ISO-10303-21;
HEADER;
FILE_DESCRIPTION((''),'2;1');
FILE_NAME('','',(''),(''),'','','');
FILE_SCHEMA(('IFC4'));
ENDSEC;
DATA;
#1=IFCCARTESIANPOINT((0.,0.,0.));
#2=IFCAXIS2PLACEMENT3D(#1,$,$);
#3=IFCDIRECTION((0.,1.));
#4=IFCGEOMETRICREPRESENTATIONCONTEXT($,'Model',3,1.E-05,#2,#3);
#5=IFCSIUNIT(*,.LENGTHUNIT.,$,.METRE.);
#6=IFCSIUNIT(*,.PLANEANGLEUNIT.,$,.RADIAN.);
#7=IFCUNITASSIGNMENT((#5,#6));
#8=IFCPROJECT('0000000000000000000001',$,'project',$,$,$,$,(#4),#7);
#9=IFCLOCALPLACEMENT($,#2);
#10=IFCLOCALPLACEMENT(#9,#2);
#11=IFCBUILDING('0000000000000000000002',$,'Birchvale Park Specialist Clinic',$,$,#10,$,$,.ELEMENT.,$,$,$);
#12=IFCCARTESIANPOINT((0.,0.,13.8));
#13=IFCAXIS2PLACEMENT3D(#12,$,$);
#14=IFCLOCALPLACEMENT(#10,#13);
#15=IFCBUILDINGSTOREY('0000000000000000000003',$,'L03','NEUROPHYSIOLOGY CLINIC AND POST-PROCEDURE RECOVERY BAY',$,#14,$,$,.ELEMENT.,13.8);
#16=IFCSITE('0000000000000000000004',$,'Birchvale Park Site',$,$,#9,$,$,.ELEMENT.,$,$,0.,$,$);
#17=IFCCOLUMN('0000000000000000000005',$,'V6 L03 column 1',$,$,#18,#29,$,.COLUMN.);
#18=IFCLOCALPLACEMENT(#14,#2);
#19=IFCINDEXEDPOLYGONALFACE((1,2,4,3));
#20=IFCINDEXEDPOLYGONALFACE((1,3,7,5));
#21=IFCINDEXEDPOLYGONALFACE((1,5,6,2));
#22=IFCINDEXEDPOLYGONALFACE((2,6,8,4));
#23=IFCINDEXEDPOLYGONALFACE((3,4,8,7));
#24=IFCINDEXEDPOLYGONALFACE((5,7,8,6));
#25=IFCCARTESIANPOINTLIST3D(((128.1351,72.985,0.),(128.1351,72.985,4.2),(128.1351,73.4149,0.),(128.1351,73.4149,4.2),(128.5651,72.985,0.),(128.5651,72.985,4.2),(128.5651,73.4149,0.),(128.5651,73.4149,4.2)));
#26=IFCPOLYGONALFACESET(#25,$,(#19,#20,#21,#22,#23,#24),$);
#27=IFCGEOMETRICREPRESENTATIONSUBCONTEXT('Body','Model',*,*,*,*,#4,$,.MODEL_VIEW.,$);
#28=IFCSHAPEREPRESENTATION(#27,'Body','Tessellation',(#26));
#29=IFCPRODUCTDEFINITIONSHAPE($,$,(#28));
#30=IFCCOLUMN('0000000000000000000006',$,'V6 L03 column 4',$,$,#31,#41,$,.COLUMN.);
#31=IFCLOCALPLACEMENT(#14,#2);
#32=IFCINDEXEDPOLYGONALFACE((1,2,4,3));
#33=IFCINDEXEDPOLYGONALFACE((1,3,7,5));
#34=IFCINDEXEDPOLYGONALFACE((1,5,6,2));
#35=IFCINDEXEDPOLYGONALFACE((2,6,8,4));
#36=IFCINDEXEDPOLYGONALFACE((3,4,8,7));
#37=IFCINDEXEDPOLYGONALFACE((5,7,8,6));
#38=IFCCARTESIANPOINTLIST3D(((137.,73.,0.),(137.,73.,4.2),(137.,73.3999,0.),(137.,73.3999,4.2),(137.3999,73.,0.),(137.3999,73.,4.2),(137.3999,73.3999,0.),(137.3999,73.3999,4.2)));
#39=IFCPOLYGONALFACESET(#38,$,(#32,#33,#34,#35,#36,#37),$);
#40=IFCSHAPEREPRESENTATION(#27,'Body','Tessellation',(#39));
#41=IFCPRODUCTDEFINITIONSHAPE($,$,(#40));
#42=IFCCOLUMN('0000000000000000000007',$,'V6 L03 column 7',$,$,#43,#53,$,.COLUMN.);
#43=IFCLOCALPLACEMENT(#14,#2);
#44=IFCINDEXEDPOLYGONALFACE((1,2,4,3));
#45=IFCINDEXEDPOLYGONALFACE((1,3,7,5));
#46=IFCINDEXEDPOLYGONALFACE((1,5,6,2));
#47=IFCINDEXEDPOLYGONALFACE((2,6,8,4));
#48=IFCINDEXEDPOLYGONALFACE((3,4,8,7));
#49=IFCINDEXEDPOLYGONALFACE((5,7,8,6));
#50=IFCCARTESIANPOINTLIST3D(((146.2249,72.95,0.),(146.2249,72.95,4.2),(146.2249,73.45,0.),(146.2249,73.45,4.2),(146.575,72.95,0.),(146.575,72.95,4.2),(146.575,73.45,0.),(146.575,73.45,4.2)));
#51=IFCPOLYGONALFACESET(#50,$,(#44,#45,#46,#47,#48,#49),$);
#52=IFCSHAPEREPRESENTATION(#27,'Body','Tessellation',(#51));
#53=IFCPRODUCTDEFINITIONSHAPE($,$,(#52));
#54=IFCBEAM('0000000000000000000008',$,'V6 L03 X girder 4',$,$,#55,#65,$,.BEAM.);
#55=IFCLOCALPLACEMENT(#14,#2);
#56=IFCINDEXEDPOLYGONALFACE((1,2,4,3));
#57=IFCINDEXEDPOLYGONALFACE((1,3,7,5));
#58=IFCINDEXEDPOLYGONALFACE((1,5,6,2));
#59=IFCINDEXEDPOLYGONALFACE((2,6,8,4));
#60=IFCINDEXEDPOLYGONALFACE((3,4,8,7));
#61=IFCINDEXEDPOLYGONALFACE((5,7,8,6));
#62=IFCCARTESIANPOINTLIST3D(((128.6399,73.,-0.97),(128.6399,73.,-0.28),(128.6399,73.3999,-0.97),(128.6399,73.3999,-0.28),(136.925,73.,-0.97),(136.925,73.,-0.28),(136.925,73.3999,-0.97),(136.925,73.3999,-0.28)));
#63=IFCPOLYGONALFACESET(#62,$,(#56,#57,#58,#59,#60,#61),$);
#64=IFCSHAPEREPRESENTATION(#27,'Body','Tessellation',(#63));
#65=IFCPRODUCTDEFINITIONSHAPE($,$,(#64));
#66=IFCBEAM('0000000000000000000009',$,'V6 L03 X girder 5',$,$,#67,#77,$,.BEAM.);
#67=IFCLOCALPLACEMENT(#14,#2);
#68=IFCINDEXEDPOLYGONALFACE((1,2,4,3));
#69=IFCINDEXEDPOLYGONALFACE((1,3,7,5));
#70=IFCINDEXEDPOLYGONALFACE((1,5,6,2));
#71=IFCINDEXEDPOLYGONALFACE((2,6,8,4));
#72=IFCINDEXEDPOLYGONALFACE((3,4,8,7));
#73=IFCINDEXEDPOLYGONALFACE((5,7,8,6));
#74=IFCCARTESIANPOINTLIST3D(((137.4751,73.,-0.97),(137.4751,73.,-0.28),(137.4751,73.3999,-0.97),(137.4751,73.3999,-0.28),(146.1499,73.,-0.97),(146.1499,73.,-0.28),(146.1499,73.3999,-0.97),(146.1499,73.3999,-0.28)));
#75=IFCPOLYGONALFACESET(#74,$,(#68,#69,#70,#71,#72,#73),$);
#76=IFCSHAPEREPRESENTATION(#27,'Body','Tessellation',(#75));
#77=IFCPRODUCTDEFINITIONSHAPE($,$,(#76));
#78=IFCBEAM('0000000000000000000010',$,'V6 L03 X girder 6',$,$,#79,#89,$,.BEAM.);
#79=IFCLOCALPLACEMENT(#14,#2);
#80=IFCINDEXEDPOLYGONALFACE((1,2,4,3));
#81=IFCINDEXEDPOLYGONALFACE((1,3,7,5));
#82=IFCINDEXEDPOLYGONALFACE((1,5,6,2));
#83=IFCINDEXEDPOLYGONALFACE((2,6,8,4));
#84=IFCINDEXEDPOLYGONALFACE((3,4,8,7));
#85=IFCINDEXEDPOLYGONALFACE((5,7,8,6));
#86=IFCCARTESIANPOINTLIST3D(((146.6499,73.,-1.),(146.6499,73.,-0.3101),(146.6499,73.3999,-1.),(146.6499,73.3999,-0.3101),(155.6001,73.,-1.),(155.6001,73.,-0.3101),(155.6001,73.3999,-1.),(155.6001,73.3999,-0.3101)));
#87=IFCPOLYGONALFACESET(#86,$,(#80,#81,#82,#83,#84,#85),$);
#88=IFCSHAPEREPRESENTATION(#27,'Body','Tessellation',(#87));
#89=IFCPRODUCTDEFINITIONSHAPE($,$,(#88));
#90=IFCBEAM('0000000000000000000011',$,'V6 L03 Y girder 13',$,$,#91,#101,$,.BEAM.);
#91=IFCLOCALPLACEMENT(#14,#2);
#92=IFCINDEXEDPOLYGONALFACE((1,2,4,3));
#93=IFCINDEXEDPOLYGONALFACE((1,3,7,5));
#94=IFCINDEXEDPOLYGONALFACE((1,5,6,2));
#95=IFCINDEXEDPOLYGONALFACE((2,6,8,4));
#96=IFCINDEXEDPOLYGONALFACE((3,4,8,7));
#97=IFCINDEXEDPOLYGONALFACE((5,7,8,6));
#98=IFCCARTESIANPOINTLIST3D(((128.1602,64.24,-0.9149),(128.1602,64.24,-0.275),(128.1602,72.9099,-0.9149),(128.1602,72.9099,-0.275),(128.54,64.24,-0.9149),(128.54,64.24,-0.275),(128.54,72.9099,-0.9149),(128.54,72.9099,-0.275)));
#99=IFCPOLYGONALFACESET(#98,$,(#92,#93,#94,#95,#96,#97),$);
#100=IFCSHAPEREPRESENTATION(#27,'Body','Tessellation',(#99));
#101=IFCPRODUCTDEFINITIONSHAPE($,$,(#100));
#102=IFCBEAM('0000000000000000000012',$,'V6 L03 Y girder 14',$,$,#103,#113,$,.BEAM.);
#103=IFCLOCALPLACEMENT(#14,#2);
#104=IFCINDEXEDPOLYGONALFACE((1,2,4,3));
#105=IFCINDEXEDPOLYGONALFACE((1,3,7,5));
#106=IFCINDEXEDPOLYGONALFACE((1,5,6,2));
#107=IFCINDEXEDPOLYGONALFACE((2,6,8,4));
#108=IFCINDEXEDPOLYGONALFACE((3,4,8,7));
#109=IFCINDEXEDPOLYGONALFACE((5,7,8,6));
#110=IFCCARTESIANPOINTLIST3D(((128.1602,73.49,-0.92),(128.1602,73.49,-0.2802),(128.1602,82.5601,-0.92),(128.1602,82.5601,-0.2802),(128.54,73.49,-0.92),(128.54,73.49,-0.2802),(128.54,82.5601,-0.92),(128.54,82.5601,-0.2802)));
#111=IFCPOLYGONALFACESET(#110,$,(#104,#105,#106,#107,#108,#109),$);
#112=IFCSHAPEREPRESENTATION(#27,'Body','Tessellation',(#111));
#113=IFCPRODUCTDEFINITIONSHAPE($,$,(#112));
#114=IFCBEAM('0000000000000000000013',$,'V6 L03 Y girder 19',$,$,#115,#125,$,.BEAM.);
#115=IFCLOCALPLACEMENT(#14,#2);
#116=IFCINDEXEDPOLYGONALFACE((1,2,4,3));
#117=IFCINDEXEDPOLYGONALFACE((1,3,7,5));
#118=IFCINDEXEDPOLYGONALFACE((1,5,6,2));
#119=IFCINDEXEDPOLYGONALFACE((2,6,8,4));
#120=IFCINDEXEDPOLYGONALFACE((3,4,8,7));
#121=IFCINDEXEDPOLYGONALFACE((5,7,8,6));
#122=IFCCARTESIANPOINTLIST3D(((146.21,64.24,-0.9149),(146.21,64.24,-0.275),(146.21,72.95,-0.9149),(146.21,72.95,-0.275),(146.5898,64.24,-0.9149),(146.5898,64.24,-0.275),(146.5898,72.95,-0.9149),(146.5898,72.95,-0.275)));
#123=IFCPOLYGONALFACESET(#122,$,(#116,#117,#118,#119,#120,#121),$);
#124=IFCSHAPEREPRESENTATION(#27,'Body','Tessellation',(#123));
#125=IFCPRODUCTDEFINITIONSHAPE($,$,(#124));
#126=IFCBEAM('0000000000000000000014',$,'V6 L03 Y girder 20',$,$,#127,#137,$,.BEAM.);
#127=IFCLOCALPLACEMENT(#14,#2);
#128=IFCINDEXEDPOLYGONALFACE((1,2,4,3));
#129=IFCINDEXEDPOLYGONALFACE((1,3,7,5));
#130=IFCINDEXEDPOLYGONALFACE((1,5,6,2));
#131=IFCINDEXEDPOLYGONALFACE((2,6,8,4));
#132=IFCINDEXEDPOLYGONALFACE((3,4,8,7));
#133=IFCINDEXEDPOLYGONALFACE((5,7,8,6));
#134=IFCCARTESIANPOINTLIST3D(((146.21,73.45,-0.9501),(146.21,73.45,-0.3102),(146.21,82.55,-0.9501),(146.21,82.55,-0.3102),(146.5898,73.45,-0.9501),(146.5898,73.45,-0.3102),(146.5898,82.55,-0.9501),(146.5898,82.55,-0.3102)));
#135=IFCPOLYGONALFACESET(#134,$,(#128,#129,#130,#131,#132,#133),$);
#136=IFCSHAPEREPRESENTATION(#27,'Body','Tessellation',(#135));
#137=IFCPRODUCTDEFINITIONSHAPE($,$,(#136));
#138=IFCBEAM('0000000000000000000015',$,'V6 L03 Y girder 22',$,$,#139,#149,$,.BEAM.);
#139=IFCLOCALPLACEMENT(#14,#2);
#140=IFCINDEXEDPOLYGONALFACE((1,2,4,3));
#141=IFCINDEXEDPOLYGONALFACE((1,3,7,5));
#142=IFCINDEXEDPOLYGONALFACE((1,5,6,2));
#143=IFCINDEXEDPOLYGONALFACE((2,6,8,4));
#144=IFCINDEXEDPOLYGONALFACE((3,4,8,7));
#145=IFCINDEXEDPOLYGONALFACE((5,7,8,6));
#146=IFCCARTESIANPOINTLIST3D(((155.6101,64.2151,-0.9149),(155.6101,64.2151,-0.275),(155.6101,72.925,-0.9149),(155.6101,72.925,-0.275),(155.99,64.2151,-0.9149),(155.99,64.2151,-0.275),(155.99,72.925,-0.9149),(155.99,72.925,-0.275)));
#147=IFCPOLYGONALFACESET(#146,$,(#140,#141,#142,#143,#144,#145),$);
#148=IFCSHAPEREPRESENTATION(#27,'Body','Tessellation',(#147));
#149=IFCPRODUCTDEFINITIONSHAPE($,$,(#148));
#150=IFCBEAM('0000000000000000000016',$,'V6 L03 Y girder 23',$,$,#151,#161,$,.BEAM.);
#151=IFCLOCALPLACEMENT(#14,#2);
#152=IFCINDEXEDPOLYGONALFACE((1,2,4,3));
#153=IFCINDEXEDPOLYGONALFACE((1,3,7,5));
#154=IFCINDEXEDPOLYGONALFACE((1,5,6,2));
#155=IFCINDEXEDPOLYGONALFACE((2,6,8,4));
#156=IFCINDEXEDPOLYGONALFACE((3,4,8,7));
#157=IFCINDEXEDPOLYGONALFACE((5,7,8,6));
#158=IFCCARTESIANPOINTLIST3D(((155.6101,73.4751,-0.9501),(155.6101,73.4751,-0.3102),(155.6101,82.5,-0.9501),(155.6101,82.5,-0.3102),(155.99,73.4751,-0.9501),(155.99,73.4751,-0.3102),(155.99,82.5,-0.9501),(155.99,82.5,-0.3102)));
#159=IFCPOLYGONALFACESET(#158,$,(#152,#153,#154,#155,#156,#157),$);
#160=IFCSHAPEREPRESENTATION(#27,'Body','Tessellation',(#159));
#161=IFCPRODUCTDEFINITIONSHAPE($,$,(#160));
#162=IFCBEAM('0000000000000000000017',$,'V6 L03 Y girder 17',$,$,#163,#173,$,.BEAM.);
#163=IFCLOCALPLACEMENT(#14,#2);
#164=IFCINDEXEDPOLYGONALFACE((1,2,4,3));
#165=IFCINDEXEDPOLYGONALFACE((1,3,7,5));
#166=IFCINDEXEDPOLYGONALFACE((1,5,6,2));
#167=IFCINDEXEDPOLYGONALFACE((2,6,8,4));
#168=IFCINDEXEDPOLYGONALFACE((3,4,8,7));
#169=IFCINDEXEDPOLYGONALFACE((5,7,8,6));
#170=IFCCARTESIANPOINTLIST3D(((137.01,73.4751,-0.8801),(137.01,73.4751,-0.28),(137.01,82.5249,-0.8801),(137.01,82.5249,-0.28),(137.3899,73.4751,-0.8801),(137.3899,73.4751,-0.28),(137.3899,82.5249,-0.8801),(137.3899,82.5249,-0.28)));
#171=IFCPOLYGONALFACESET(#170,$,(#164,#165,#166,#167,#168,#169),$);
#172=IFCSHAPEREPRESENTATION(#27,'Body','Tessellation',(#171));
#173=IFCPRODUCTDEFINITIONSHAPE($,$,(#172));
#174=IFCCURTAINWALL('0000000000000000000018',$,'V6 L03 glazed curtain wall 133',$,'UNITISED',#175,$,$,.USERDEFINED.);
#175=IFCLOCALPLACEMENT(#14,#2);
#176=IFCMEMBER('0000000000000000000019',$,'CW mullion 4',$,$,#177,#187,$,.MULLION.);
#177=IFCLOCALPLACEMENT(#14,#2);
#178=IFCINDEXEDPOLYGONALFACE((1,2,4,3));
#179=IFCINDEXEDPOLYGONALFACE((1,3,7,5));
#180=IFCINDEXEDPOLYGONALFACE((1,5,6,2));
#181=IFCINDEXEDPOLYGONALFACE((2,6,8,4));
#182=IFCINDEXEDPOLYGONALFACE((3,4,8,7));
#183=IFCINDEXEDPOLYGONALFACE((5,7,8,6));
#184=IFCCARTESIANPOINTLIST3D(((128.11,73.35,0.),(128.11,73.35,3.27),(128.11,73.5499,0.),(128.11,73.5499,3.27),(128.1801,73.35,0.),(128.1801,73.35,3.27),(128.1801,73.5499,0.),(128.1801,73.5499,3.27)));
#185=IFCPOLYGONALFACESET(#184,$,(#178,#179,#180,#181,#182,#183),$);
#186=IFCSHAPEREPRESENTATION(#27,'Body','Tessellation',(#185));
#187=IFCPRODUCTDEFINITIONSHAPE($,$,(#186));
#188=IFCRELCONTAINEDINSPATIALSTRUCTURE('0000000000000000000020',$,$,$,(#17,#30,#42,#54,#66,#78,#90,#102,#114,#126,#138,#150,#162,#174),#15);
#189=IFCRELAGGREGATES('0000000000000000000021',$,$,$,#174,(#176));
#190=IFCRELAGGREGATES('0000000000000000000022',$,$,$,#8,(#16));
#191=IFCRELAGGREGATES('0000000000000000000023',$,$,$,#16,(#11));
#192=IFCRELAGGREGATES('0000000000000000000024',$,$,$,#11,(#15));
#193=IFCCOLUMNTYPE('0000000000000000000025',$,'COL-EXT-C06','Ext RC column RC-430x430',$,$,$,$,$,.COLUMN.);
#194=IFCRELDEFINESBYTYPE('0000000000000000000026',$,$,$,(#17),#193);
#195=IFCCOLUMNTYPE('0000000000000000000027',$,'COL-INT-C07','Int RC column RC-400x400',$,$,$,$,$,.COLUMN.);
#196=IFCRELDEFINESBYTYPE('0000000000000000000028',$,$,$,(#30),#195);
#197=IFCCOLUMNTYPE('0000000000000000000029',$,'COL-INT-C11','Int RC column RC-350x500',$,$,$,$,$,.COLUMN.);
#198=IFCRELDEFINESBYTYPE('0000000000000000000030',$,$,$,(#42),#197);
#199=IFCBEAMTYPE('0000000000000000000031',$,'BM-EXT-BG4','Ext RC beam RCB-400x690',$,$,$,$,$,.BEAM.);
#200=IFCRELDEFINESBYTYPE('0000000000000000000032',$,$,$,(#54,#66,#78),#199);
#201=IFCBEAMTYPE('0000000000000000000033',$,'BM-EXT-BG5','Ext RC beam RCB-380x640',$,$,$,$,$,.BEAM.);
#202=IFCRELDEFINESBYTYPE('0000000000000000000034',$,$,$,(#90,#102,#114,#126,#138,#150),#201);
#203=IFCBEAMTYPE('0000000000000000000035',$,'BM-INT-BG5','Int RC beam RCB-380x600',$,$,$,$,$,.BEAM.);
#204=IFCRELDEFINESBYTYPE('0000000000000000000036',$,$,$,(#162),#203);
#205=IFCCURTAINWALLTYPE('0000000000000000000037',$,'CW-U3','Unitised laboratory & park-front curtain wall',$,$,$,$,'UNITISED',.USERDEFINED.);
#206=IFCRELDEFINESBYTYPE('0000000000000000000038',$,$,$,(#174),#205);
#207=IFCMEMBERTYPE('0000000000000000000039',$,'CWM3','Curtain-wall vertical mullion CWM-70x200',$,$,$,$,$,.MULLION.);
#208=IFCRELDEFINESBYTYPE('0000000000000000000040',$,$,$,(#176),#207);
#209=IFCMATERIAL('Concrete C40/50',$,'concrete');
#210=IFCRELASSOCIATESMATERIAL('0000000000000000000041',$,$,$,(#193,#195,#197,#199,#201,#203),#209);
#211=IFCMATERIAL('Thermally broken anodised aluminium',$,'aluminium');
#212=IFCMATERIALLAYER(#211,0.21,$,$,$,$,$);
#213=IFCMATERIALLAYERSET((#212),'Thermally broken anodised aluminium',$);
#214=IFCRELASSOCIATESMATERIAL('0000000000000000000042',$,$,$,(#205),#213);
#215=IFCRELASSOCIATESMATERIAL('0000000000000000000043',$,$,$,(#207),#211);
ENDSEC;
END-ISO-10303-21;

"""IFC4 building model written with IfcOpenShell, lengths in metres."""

from ifc_helpers import new_model, si_unit, direction, frame, origin, origin_2d, place, context, subcontext, project, spatial, rectangle, extrude, material, layer, layer_set, material_profile, profile_set, type_object, element, aggregate, save


model = new_model("IFC4")

# Units and contexts
model_context = context("Model", 3, precision=1e-05, world=origin(), true_north=direction((0.0, 1.0)))
body_context = subcontext(model_context, "Body", "Model", "MODEL_VIEW")
ifc_project = project(units=[si_unit("LENGTHUNIT", "METRE"), si_unit("PLANEANGLEUNIT", "RADIAN")], contexts=[model_context])

# Site, building, storey
site_placement = place(None, origin())
site = spatial("IfcSite", under=ifc_project, at=site_placement, Name="Birchvale Park Site", CompositionType="ELEMENT", RefElevation=0.0)
building_placement = place(site_placement, origin())
building = spatial("IfcBuilding", under=site, at=building_placement, Name="Birchvale Park Specialist Clinic", CompositionType="ELEMENT")
storey_placement = place(building_placement, frame((0.0, 0.0, 13.8)))
storey = spatial("IfcBuildingStorey", under=building, at=storey_placement, Name="L03", Description="NEUROPHYSIOLOGY CLINIC AND POST-PROCEDURE RECOVERY BAY", CompositionType="ELEMENT", Elevation=13.8)

# Columns
ifc_material_1 = material(Name="Concrete C40/50", Category="concrete")
ifc_material_profile_1 = material_profile(ifc_material_1, rectangle(XDim=0.4299, YDim=0.4299, at=origin_2d()), Name="RC-430x430")
ifc_profile_set_1 = profile_set([ifc_material_profile_1], Name="Concrete C40/50")
column_type_1 = type_object("IfcColumnType", Name="COL-EXT-C06", Description="Ext RC column RC-430x430", PredefinedType="COLUMN", material=ifc_profile_set_1)
column_1_placement = place(storey_placement, frame((128.3501, 73.2, 0.0), z_axis=(0.0, 0.0, 1.0), x_axis=(1.0, 0.0, 0.0)))
element("IfcColumn", 1, at=column_1_placement, inside=storey, type_object=column_type_1, Name="V6 L03 column 1", PredefinedType="COLUMN", context=body_context, shape_type="SweptSolid", body=[
    extrude(rectangle(XDim=0.4299, YDim=0.4299, at=origin_2d()), origin(), (0.0, 0.0, 1.0), 4.2),
])
ifc_material_profile_2 = material_profile(ifc_material_1, rectangle(XDim=0.3999, YDim=0.3999, at=origin_2d()), Name="RC-400x400")
ifc_profile_set_2 = profile_set([ifc_material_profile_2], Name="Concrete C40/50")
column_type_2 = type_object("IfcColumnType", Name="COL-INT-C07", Description="Int RC column RC-400x400", PredefinedType="COLUMN", material=ifc_profile_set_2)
column_2_placement = place(storey_placement, frame((137.2, 73.2, 0.0), z_axis=(0.0, 0.0, 1.0), x_axis=(1.0, 0.0, 0.0)))
element("IfcColumn", 2, at=column_2_placement, inside=storey, type_object=column_type_2, Name="V6 L03 column 4", PredefinedType="COLUMN", context=body_context, shape_type="SweptSolid", body=[
    extrude(rectangle(XDim=0.3999, YDim=0.3999, at=origin_2d()), origin(), (0.0, 0.0, 1.0), 4.2),
])
ifc_material_profile_3 = material_profile(ifc_material_1, rectangle(XDim=0.3501, YDim=0.5, at=origin_2d()), Name="RC-350x500")
ifc_profile_set_3 = profile_set([ifc_material_profile_3], Name="Concrete C40/50")
column_type_3 = type_object("IfcColumnType", Name="COL-INT-C11", Description="Int RC column RC-350x500", PredefinedType="COLUMN", material=ifc_profile_set_3)
column_3_placement = place(storey_placement, frame((146.3999, 73.2, 0.0), z_axis=(0.0, 0.0, 1.0), x_axis=(1.0, 0.0, 0.0)))
element("IfcColumn", 3, at=column_3_placement, inside=storey, type_object=column_type_3, Name="V6 L03 column 7", PredefinedType="COLUMN", context=body_context, shape_type="SweptSolid", body=[
    extrude(rectangle(XDim=0.3501, YDim=0.5, at=origin_2d()), origin(), (0.0, 0.0, 1.0), 4.2),
])

# Beams
ifc_material_profile_4 = material_profile(ifc_material_1, rectangle(XDim=0.3999, YDim=0.6899, at=origin_2d()), Name="RCB-400x690")
ifc_profile_set_4 = profile_set([ifc_material_profile_4], Name="Concrete C40/50")
beam_type_1 = type_object("IfcBeamType", Name="BM-EXT-BG4", Description="Ext RC beam RCB-400x690", PredefinedType="BEAM", material=ifc_profile_set_4)
beam_1_placement = place(storey_placement, frame((128.6399, 73.2, -0.625), z_axis=(1.0, 0.0, 0.0), x_axis=(0.0, 1.0, 0.0)))
element("IfcBeam", 4, at=beam_1_placement, inside=storey, type_object=beam_type_1, Name="V6 L03 X girder 4", PredefinedType="BEAM", context=body_context, shape_type="SweptSolid", body=[
    extrude(rectangle(XDim=0.3999, YDim=0.6899, at=origin_2d()), origin(), (0.0, 0.0, 1.0), 8.2852),
])
beam_2_placement = place(storey_placement, frame((137.4751, 73.2, -0.625), z_axis=(1.0, 0.0, 0.0), x_axis=(0.0, 1.0, 0.0)))
element("IfcBeam", 5, at=beam_2_placement, inside=storey, type_object=beam_type_1, Name="V6 L03 X girder 5", PredefinedType="BEAM", context=body_context, shape_type="SweptSolid", body=[
    extrude(rectangle(XDim=0.3999, YDim=0.6899, at=origin_2d()), origin(), (0.0, 0.0, 1.0), 8.6748),
])
beam_3_placement = place(storey_placement, frame((146.6499, 73.2, -0.655), z_axis=(1.0, 0.0, 0.0), x_axis=(0.0, 1.0, 0.0)))
element("IfcBeam", 6, at=beam_3_placement, inside=storey, type_object=beam_type_1, Name="V6 L03 X girder 6", PredefinedType="BEAM", context=body_context, shape_type="SweptSolid", body=[
    extrude(rectangle(XDim=0.3999, YDim=0.6899, at=origin_2d()), origin(), (0.0, 0.0, 1.0), 8.9502),
])
ifc_material_profile_5 = material_profile(ifc_material_1, rectangle(XDim=0.3799, YDim=0.6399, at=origin_2d()), Name="RCB-380x640")
ifc_profile_set_5 = profile_set([ifc_material_profile_5], Name="Concrete C40/50")
beam_type_2 = type_object("IfcBeamType", Name="BM-EXT-BG5", Description="Ext RC beam RCB-380x640", PredefinedType="BEAM", material=ifc_profile_set_5)
beam_4_placement = place(storey_placement, frame((128.3501, 64.24, -0.595), z_axis=(0.0, 1.0, 0.0), x_axis=(-1.0, 0.0, 0.0)))
element("IfcBeam", 7, at=beam_4_placement, inside=storey, type_object=beam_type_2, Name="V6 L03 Y girder 13", PredefinedType="BEAM", context=body_context, shape_type="SweptSolid", body=[
    extrude(rectangle(XDim=0.3799, YDim=0.6399, at=origin_2d()), origin(), (0.0, 0.0, 1.0), 8.6699),
])
beam_5_placement = place(storey_placement, frame((128.3501, 73.49, -0.6001), z_axis=(0.0, 1.0, 0.0), x_axis=(-1.0, 0.0, 0.0)))
element("IfcBeam", 8, at=beam_5_placement, inside=storey, type_object=beam_type_2, Name="V6 L03 Y girder 14", PredefinedType="BEAM", context=body_context, shape_type="SweptSolid", body=[
    extrude(rectangle(XDim=0.3799, YDim=0.6399, at=origin_2d()), origin(), (0.0, 0.0, 1.0), 9.0701),
])
beam_6_placement = place(storey_placement, frame((146.3999, 64.24, -0.595), z_axis=(0.0, 1.0, 0.0), x_axis=(-1.0, 0.0, 0.0)))
element("IfcBeam", 9, at=beam_6_placement, inside=storey, type_object=beam_type_2, Name="V6 L03 Y girder 19", PredefinedType="BEAM", context=body_context, shape_type="SweptSolid", body=[
    extrude(rectangle(XDim=0.3799, YDim=0.6399, at=origin_2d()), origin(), (0.0, 0.0, 1.0), 8.71),
])
beam_7_placement = place(storey_placement, frame((146.3999, 73.45, -0.6301), z_axis=(0.0, 1.0, 0.0), x_axis=(-1.0, 0.0, 0.0)))
element("IfcBeam", 10, at=beam_7_placement, inside=storey, type_object=beam_type_2, Name="V6 L03 Y girder 20", PredefinedType="BEAM", context=body_context, shape_type="SweptSolid", body=[
    extrude(rectangle(XDim=0.3799, YDim=0.6399, at=origin_2d()), origin(), (0.0, 0.0, 1.0), 9.1001),
])
beam_8_placement = place(storey_placement, frame((155.8, 64.2151, -0.595), z_axis=(0.0, 1.0, 0.0), x_axis=(-1.0, 0.0, 0.0)))
element("IfcBeam", 11, at=beam_8_placement, inside=storey, type_object=beam_type_2, Name="V6 L03 Y girder 22", PredefinedType="BEAM", context=body_context, shape_type="SweptSolid", body=[
    extrude(rectangle(XDim=0.3799, YDim=0.6399, at=origin_2d()), origin(), (0.0, 0.0, 1.0), 8.71),
])
beam_9_placement = place(storey_placement, frame((155.8, 73.4751, -0.6301), z_axis=(0.0, 1.0, 0.0), x_axis=(-1.0, 0.0, 0.0)))
element("IfcBeam", 12, at=beam_9_placement, inside=storey, type_object=beam_type_2, Name="V6 L03 Y girder 23", PredefinedType="BEAM", context=body_context, shape_type="SweptSolid", body=[
    extrude(rectangle(XDim=0.3799, YDim=0.6399, at=origin_2d()), origin(), (0.0, 0.0, 1.0), 9.0249),
])
ifc_material_profile_6 = material_profile(ifc_material_1, rectangle(XDim=0.3799, YDim=0.6001, at=origin_2d()), Name="RCB-380x600")
ifc_profile_set_6 = profile_set([ifc_material_profile_6], Name="Concrete C40/50")
beam_type_3 = type_object("IfcBeamType", Name="BM-INT-BG5", Description="Int RC beam RCB-380x600", PredefinedType="BEAM", material=ifc_profile_set_6)
beam_10_placement = place(storey_placement, frame((137.2, 73.4751, -0.5801), z_axis=(0.0, 1.0, 0.0), x_axis=(-1.0, 0.0, 0.0)))
element("IfcBeam", 13, at=beam_10_placement, inside=storey, type_object=beam_type_3, Name="V6 L03 Y girder 17", PredefinedType="BEAM", context=body_context, shape_type="SweptSolid", body=[
    extrude(rectangle(XDim=0.3799, YDim=0.6001, at=origin_2d()), origin(), (0.0, 0.0, 1.0), 9.0498),
])

# Curtain wall, member
ifc_material_2 = material(Name="Thermally broken anodised aluminium", Category="aluminium")
ifc_layer_1 = layer(ifc_material_2, 0.21)
ifc_layer_set_1 = layer_set([ifc_layer_1], Name="Thermally broken anodised aluminium")
curtain_wall_type = type_object("IfcCurtainWallType", Name="CW-U3", Description="Unitised laboratory & park-front curtain wall", ElementType="UNITISED", PredefinedType="USERDEFINED", material=ifc_layer_set_1)
curtain_wall_placement = place(storey_placement, origin())
curtain_wall = element("IfcCurtainWall", 14, at=curtain_wall_placement, inside=storey, type_object=curtain_wall_type, Name="V6 L03 glazed curtain wall 133", ObjectType="UNITISED", PredefinedType="USERDEFINED")
ifc_material_profile_7 = material_profile(ifc_material_2, rectangle(XDim=0.0701, YDim=0.2, at=origin_2d()), Name="CWM-70x200")
ifc_profile_set_7 = profile_set([ifc_material_profile_7], Name="Thermally broken anodised aluminium")
member_type = type_object("IfcMemberType", Name="CWM3", Description="Curtain-wall vertical mullion CWM-70x200", PredefinedType="MULLION", material=ifc_profile_set_7)
member_placement = place(storey_placement, frame((128.145, 73.45, 0.0), z_axis=(0.0, 0.0, 1.0), x_axis=(1.0, 0.0, 0.0)))
member = element("IfcMember", 15, at=member_placement, type_object=member_type, Name="CW mullion 4", PredefinedType="MULLION", context=body_context, shape_type="SweptSolid", body=[
    extrude(rectangle(XDim=0.0701, YDim=0.2, at=origin_2d()), origin(), (0.0, 0.0, 1.0), 3.27),
])
aggregate(curtain_wall, [member])

save(model, "model.ifc")
